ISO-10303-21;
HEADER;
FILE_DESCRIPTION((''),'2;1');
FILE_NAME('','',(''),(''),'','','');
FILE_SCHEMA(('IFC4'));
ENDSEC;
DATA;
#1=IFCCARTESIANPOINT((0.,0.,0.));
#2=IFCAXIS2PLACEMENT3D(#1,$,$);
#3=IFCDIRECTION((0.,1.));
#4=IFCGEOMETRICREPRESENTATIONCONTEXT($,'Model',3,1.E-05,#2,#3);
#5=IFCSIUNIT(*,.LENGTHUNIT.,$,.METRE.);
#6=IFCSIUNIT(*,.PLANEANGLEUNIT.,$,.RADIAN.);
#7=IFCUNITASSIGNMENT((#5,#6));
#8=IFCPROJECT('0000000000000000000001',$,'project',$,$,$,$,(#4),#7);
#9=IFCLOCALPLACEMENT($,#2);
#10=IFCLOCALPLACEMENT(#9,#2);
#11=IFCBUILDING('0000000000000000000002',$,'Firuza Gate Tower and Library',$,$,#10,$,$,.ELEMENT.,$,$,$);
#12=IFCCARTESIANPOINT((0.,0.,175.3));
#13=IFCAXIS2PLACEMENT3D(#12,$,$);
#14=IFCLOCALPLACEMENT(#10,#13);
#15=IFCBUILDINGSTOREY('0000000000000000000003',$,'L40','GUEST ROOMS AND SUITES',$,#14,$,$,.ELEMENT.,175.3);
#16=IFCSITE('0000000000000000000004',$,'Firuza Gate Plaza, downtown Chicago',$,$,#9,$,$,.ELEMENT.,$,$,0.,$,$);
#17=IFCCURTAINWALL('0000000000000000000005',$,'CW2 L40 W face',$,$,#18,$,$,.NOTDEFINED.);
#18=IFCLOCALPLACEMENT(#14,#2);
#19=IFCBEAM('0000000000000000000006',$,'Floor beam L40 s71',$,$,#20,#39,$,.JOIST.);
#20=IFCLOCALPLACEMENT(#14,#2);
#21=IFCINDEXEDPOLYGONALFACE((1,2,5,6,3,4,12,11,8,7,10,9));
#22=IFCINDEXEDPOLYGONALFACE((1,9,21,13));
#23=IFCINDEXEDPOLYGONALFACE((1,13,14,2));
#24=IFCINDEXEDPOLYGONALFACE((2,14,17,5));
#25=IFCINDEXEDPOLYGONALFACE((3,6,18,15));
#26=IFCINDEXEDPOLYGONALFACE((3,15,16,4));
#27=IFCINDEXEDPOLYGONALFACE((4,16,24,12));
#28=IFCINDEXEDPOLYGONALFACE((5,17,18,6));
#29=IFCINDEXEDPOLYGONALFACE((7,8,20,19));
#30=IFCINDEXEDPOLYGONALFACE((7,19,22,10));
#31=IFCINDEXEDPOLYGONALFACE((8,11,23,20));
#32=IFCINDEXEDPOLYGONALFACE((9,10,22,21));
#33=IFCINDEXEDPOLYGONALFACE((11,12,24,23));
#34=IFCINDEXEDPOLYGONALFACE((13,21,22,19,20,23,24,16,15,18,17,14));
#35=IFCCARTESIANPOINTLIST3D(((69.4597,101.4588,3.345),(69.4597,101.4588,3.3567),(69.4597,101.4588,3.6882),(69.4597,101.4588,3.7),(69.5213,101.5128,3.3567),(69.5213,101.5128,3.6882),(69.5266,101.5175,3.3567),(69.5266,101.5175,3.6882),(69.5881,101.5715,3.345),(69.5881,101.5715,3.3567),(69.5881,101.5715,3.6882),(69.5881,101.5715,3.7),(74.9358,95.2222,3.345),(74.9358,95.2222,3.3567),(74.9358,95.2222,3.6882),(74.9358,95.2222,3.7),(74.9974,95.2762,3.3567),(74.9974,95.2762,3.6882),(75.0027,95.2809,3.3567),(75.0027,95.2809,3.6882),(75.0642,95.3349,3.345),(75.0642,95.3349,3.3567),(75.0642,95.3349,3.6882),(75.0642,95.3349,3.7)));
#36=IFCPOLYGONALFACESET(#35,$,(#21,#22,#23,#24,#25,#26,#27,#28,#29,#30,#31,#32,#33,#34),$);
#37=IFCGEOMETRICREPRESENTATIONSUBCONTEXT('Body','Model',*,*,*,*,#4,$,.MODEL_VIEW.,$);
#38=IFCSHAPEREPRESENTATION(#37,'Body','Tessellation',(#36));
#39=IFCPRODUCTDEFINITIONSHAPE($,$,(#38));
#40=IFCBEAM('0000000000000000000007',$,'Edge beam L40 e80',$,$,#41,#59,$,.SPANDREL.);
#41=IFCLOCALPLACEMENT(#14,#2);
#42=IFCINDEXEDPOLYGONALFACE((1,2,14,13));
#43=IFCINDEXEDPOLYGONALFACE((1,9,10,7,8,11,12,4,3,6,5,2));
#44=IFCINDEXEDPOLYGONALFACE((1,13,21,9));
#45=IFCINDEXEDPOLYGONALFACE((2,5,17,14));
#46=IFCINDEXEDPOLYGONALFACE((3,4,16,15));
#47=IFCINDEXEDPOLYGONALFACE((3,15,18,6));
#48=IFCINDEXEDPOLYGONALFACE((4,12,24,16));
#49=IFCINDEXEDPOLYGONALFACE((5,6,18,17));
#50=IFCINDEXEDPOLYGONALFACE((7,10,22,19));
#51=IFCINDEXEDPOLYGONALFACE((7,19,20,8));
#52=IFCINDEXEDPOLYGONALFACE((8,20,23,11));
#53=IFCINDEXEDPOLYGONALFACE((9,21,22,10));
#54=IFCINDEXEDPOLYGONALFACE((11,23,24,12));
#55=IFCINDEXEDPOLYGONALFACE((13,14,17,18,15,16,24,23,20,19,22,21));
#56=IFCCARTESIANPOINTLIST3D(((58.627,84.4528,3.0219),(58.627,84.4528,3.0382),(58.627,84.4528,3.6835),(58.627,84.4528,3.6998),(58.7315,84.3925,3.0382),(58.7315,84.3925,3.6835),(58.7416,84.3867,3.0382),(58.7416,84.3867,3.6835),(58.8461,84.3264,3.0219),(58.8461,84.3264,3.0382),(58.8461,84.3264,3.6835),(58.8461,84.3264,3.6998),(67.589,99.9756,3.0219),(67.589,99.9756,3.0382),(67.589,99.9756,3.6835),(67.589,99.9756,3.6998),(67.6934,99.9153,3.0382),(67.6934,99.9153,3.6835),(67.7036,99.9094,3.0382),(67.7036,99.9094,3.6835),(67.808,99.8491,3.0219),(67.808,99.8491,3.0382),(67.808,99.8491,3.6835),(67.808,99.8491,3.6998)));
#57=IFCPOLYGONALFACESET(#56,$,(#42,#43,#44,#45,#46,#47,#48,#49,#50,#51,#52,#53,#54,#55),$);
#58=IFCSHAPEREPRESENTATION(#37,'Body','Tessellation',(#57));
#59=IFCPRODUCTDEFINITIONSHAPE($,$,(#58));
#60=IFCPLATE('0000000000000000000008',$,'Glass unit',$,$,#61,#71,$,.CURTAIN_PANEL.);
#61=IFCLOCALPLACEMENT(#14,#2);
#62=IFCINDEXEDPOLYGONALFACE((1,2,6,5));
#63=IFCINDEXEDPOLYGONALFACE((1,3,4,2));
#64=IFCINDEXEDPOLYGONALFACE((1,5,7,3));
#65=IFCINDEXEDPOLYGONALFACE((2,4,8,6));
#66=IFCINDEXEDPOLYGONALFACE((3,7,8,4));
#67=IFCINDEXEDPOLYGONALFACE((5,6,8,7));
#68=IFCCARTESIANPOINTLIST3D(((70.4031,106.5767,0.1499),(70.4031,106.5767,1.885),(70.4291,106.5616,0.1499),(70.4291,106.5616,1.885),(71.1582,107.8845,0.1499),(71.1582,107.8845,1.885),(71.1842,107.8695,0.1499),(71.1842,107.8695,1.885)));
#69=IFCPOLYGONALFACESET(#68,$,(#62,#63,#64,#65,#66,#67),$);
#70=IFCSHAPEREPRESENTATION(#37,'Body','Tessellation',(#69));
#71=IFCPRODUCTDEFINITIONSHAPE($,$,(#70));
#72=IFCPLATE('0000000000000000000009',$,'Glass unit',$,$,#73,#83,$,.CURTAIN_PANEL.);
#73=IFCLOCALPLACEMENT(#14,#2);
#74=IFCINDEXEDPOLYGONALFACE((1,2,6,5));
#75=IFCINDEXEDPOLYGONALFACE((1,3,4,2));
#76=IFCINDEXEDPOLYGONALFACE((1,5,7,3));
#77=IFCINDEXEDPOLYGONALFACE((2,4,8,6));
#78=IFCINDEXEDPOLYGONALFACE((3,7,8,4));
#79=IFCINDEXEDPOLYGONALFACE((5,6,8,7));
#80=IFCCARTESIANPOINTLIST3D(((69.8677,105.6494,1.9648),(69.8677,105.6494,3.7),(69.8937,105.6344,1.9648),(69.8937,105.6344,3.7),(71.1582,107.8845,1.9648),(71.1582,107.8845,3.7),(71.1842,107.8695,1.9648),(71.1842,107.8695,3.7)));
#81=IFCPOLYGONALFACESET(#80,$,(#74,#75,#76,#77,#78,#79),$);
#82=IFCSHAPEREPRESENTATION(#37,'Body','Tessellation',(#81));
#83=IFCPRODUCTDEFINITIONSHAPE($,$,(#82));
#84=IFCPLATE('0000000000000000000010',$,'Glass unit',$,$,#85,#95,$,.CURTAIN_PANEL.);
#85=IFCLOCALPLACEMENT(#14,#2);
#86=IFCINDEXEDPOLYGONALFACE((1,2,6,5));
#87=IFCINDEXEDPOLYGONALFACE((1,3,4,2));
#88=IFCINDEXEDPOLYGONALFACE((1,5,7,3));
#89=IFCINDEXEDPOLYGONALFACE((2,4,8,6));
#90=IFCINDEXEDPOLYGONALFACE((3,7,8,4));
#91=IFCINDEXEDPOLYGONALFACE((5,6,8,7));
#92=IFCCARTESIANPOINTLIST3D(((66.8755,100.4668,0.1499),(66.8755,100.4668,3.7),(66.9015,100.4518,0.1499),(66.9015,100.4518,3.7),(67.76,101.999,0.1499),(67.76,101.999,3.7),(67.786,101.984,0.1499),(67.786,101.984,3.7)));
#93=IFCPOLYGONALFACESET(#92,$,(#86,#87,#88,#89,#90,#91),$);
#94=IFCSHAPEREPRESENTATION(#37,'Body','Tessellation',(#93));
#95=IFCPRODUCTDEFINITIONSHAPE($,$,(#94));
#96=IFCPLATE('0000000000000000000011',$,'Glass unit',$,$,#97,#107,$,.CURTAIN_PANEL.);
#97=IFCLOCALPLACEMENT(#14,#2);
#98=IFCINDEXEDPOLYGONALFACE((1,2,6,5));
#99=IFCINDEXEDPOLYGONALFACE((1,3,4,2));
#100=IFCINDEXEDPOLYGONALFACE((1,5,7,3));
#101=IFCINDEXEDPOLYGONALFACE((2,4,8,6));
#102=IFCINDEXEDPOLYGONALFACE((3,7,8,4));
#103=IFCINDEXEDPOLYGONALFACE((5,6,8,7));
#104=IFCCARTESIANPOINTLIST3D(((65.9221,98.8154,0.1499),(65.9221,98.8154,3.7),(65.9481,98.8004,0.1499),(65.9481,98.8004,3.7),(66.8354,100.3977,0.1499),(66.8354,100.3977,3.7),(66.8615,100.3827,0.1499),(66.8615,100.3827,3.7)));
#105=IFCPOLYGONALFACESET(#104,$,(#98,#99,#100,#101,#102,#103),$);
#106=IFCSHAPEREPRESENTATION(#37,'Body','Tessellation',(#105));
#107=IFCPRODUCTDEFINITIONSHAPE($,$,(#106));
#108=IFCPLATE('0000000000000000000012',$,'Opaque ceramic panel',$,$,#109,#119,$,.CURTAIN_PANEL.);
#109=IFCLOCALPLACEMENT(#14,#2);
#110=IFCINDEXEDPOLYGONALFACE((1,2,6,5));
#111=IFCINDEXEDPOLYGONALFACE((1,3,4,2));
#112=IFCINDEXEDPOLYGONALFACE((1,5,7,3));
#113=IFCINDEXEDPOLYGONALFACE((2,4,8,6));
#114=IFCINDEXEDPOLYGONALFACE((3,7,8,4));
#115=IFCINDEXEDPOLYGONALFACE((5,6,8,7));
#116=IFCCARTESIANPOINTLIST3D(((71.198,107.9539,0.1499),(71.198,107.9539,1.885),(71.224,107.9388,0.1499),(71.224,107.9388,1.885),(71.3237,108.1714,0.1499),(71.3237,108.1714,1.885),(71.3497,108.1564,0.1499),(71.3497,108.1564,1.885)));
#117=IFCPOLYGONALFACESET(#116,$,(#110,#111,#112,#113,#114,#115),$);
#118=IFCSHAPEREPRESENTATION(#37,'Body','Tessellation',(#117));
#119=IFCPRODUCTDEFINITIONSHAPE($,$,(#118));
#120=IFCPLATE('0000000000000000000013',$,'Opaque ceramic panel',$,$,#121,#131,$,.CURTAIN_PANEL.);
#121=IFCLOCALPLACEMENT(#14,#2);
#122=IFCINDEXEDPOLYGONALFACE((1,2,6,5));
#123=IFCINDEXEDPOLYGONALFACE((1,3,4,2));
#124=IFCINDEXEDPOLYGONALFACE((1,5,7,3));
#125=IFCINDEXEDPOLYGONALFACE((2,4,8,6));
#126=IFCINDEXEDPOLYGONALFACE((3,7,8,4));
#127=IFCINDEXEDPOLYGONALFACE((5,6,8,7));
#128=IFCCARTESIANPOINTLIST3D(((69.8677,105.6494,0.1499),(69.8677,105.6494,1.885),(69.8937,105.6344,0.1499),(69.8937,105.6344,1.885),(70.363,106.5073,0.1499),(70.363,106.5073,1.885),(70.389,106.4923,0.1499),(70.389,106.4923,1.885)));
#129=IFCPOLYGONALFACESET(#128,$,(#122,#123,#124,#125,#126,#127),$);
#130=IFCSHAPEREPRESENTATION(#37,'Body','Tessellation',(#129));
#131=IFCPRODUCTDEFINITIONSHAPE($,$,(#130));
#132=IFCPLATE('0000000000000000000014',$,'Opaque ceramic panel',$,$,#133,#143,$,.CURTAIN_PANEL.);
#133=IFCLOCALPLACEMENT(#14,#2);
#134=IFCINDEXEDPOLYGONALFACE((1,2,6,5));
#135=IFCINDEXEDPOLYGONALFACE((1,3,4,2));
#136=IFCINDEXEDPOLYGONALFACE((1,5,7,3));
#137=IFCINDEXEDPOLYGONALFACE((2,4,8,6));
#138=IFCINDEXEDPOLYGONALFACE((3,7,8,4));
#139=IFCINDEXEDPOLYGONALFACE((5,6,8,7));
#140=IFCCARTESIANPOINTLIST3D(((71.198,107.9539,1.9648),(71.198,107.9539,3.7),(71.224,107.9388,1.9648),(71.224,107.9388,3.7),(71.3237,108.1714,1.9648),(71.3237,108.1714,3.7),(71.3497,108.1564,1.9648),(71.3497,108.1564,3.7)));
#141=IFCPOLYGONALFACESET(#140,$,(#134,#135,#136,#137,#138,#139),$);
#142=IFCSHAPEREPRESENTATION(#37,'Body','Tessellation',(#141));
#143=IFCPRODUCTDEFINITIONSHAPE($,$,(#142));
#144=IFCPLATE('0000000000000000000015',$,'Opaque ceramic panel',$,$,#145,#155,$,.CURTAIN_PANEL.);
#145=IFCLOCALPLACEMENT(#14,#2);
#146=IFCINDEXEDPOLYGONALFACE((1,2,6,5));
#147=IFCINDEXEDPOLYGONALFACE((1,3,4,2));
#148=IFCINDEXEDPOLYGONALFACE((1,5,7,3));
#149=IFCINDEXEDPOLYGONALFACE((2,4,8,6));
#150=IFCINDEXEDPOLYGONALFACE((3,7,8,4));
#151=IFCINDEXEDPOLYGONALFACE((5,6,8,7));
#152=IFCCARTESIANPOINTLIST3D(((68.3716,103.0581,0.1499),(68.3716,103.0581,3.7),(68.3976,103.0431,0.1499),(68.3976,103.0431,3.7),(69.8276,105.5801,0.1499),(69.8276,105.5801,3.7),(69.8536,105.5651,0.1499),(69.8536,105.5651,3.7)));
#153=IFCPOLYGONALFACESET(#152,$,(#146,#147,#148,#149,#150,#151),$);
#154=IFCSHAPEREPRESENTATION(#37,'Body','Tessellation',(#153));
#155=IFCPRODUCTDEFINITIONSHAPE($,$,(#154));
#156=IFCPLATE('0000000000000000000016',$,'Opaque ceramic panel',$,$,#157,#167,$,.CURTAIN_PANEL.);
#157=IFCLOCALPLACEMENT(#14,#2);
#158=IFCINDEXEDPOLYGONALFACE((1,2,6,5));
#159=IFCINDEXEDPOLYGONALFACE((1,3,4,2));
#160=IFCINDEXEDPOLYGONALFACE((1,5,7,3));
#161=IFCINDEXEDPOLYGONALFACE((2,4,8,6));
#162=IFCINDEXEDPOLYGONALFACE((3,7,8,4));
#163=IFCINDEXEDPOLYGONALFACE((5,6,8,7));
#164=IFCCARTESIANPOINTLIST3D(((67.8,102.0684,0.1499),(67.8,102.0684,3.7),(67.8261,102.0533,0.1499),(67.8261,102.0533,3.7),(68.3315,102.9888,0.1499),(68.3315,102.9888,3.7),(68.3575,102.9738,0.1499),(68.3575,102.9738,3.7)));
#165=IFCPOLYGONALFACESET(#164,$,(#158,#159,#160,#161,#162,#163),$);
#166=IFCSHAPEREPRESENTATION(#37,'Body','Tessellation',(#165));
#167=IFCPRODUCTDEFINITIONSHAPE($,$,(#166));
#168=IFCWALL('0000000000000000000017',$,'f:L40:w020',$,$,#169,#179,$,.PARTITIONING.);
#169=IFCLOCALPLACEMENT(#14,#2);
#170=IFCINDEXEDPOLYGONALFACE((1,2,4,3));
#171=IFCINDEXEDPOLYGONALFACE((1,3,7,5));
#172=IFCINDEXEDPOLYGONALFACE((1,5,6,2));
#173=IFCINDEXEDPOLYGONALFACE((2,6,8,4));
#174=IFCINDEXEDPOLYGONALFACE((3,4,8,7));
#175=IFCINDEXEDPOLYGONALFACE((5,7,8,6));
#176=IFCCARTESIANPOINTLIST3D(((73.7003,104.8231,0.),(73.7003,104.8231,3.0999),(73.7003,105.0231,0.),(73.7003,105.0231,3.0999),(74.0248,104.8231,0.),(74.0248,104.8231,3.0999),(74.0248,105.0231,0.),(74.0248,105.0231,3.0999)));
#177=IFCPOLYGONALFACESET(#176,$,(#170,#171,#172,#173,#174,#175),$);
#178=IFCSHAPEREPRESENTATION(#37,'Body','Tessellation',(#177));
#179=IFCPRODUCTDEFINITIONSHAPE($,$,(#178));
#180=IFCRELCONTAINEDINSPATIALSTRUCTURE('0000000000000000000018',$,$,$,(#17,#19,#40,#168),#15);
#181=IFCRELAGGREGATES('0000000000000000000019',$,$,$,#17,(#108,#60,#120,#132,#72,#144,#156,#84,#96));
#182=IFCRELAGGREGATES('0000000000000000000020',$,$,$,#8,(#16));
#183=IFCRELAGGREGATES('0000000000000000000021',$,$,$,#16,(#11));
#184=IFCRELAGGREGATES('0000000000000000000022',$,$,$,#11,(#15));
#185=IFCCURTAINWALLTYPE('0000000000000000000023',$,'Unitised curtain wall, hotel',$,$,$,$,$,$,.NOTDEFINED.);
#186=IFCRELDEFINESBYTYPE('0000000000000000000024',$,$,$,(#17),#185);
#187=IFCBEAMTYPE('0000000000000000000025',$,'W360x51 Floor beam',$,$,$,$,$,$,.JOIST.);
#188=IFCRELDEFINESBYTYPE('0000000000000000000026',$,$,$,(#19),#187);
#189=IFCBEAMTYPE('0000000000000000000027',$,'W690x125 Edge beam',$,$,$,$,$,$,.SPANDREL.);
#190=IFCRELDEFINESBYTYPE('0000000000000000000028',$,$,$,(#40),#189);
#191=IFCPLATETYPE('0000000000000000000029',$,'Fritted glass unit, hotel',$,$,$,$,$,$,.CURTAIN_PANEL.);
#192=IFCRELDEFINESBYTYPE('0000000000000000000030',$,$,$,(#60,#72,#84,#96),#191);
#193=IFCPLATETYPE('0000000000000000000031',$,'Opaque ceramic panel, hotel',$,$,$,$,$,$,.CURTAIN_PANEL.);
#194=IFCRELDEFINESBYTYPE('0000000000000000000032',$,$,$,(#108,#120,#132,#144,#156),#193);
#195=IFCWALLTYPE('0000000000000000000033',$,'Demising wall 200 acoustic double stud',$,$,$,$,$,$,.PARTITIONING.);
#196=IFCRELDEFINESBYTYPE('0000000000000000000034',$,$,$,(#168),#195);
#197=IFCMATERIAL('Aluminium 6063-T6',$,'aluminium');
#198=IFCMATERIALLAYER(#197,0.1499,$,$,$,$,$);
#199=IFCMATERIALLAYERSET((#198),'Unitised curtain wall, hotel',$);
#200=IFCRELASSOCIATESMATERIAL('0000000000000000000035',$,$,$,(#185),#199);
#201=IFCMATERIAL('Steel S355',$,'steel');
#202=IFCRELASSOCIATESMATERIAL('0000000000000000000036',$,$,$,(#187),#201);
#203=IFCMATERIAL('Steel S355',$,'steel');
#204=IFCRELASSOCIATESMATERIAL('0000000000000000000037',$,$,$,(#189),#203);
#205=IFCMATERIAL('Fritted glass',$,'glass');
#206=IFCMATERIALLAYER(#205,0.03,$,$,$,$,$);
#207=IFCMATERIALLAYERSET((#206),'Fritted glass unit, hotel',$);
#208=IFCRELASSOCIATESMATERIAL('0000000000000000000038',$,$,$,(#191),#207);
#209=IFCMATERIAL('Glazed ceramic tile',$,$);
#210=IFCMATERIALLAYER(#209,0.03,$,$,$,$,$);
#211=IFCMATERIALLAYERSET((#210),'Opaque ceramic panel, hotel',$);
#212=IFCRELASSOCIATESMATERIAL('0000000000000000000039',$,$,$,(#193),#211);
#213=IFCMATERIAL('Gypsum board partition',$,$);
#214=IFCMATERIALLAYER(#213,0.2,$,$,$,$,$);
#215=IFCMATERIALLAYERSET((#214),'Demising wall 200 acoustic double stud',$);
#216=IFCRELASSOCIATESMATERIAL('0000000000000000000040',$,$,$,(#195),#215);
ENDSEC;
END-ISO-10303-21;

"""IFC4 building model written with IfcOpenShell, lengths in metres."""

from ifc_helpers import new_model, si_unit, direction, frame, frame_2d, origin, origin_2d, place, context, subcontext, project, spatial, polyline, rectangle, i_section, outline, extrude, material, layer, layer_set, material_profile, profile_set, type_object, element, aggregate, save


model = new_model("IFC4")

# Units and contexts
model_context = context("Model", 3, precision=1e-05, world=origin(), true_north=direction((0.0, 1.0)))
body_context = subcontext(model_context, "Body", "Model", "MODEL_VIEW")
ifc_project = project(units=[si_unit("LENGTHUNIT", "METRE"), si_unit("PLANEANGLEUNIT", "RADIAN")], contexts=[model_context])

# Site, building, storey
site_placement = place(None, origin())
site = spatial("IfcSite", under=ifc_project, at=site_placement, Name="Firuza Gate Plaza, downtown Chicago", CompositionType="ELEMENT", RefElevation=0.0)
building_placement = place(site_placement, origin())
building = spatial("IfcBuilding", under=site, at=building_placement, Name="Firuza Gate Tower and Library", CompositionType="ELEMENT")
storey_placement = place(building_placement, frame((0.0, 0.0, 175.3)))
storey = spatial("IfcBuildingStorey", under=building, at=storey_placement, Name="L40", Description="GUEST ROOMS AND SUITES", CompositionType="ELEMENT", Elevation=175.3)

# Curtain wall
ifc_material_1 = material(Name="Aluminium 6063-T6", Category="aluminium")
ifc_layer_1 = layer(ifc_material_1, 0.1499)
ifc_layer_set_1 = layer_set([ifc_layer_1], Name="Unitised curtain wall, hotel")
curtain_wall_type = type_object("IfcCurtainWallType", Name="Unitised curtain wall, hotel", PredefinedType="NOTDEFINED", material=ifc_layer_set_1)
curtain_wall_placement = place(storey_placement, origin())
curtain_wall = element("IfcCurtainWall", 1, at=curtain_wall_placement, inside=storey, type_object=curtain_wall_type, Name="CW2 L40 W face", PredefinedType="NOTDEFINED")

# Beams
ifc_material_2 = material(Name="Steel S355", Category="steel")
ifc_material_profile_1 = material_profile(ifc_material_2, i_section(OverallWidth=0.1709, OverallDepth=0.355, WebThickness=0.0071, FlangeThickness=0.0117, at=origin_2d()))
ifc_profile_set_1 = profile_set([ifc_material_profile_1], Name="Steel S355")
beam_type_1 = type_object("IfcBeamType", Name="W360x51 Floor beam", PredefinedType="JOIST", material=ifc_profile_set_1)
beam_1_placement = place(storey_placement, frame((69.5239, 101.5151, 3.5225), z_axis=(0.659805, -0.751437, 0.0), x_axis=(0.751437, 0.659805, 0.0)))
element("IfcBeam", 2, at=beam_1_placement, inside=storey, type_object=beam_type_1, Name="Floor beam L40 s71", PredefinedType="JOIST", context=body_context, shape_type="SweptSolid", body=[
    extrude(i_section(OverallWidth=0.1709, OverallDepth=0.355, WebThickness=0.0071, FlangeThickness=0.0117, at=origin_2d()), origin(), (0.0, 0.0, 1.0), 8.2996),
])
ifc_material_3 = material(Name="Steel S355", Category="steel")
ifc_material_profile_2 = material_profile(ifc_material_3, i_section(OverallWidth=0.2529, OverallDepth=0.678, WebThickness=0.0117, FlangeThickness=0.0164, at=origin_2d()))
ifc_profile_set_2 = profile_set([ifc_material_profile_2], Name="Steel S355")
beam_type_2 = type_object("IfcBeamType", Name="W690x125 Edge beam", PredefinedType="SPANDREL", material=ifc_profile_set_2)
beam_2_placement = place(storey_placement, frame((67.6985, 99.9124, 3.3608), z_axis=(-0.499995, -0.866028, 0.0), x_axis=(0.866028, -0.499995, 0.0)))
element("IfcBeam", 3, at=beam_2_placement, inside=storey, type_object=beam_type_2, Name="Edge beam L40 e80", PredefinedType="SPANDREL", context=body_context, shape_type="SweptSolid", body=[
    extrude(i_section(OverallWidth=0.2529, OverallDepth=0.678, WebThickness=0.0117, FlangeThickness=0.0164, at=origin_2d()), origin(), (0.0, 0.0, 1.0), 17.9241),
])

# Plates
ifc_material_4 = material(Name="Fritted glass", Category="glass")
ifc_layer_2 = layer(ifc_material_4, 0.03)
ifc_layer_set_2 = layer_set([ifc_layer_2], Name="Fritted glass unit, hotel")
plate_type_1 = type_object("IfcPlateType", Name="Fritted glass unit, hotel", PredefinedType="CURTAIN_PANEL", material=ifc_layer_set_2)
plate_1_placement = place(storey_placement, frame((71.1582, 107.8845, 0.1499), z_axis=(-0.866016, 0.500016, 0.0), x_axis=(-0.500016, -0.866016, 0.0)))
plate_1 = element("IfcPlate", 4, at=plate_1_placement, type_object=plate_type_1, Name="Glass unit", PredefinedType="CURTAIN_PANEL", context=body_context, shape_type="SweptSolid", body=[
    extrude(outline(polyline([(0.0, 0.0), (1.5102, 0.0), (1.5102, 1.7351), (0.0, 1.7351), (0.0, 0.0)])), origin(), (0.0, 0.0, -1.0), 0.03),
])
plate_2_placement = place(storey_placement, frame((71.1582, 107.8845, 1.9648), z_axis=(-0.866011, 0.500025, 0.0), x_axis=(-0.500025, -0.866011, 0.0)))
plate_2 = element("IfcPlate", 5, at=plate_2_placement, type_object=plate_type_1, Name="Glass unit", PredefinedType="CURTAIN_PANEL", context=body_context, shape_type="SweptSolid", body=[
    extrude(outline(polyline([(0.0, 0.0), (2.5809, 0.0), (2.5809, 1.7351), (0.0, 1.7351), (0.0, 0.0)])), origin(), (0.0, 0.0, -1.0), 0.03),
])
plate_3_placement = place(storey_placement, frame((67.76, 101.999, 0.1499), z_axis=(-0.866052, 0.499953, 0.0), x_axis=(-0.499953, -0.866052, 0.0)))
plate_3 = element("IfcPlate", 6, at=plate_3_placement, type_object=plate_type_1, Name="Glass unit", PredefinedType="CURTAIN_PANEL", context=body_context, shape_type="SweptSolid", body=[
    extrude(outline(polyline([(0.0, 0.0), (1.7692, 0.0), (1.7692, 3.55), (0.0, 3.55), (0.0, 0.0)])), origin(), (0.0, 0.0, -1.0), 0.03),
])
plate_4_placement = place(storey_placement, frame((66.8354, 100.3977, 0.1499), z_axis=(-0.866072, 0.499919, 0.0), x_axis=(-0.499919, -0.866072, 0.0)))
plate_4 = element("IfcPlate", 7, at=plate_4_placement, type_object=plate_type_1, Name="Glass unit", PredefinedType="CURTAIN_PANEL", context=body_context, shape_type="SweptSolid", body=[
    extrude(outline(polyline([(0.0, 0.0), (1.827, 0.0), (1.827, 3.55), (0.0, 3.55), (0.0, 0.0)])), origin(), (0.0, 0.0, -1.0), 0.03),
])
ifc_material_5 = material(Name="Glazed ceramic tile")
ifc_layer_3 = layer(ifc_material_5, 0.03)
ifc_layer_set_3 = layer_set([ifc_layer_3], Name="Opaque ceramic panel, hotel")
plate_type_2 = type_object("IfcPlateType", Name="Opaque ceramic panel, hotel", PredefinedType="CURTAIN_PANEL", material=ifc_layer_set_3)
plate_5_placement = place(storey_placement, frame((71.3237, 108.1714, 0.1499), z_axis=(-0.865781, 0.500423, 0.0), x_axis=(-0.500423, -0.865781, 0.0)))
plate_5 = element("IfcPlate", 8, at=plate_5_placement, type_object=plate_type_2, Name="Opaque ceramic panel", PredefinedType="CURTAIN_PANEL", context=body_context, shape_type="SweptSolid", body=[
    extrude(outline(polyline([(0.0, 0.0), (0.2513, 0.0), (0.2513, 1.7351), (0.0, 1.7351), (0.0, 0.0)])), origin(), (0.0, 0.0, -1.0), 0.03),
])
plate_6_placement = place(storey_placement, frame((70.363, 106.5073, 0.1499), z_axis=(-0.866005, 0.500035, 0.0), x_axis=(-0.500035, -0.866005, 0.0)))
plate_6 = element("IfcPlate", 9, at=plate_6_placement, type_object=plate_type_2, Name="Opaque ceramic panel", PredefinedType="CURTAIN_PANEL", context=body_context, shape_type="SweptSolid", body=[
    extrude(outline(polyline([(0.0, 0.0), (0.9907, 0.0), (0.9907, 1.7351), (0.0, 1.7351), (0.0, 0.0)])), origin(), (0.0, 0.0, -1.0), 0.03),
])
plate_7_placement = place(storey_placement, frame((71.3237, 108.1714, 1.9648), z_axis=(-0.865781, 0.500423, 0.0), x_axis=(-0.500423, -0.865781, 0.0)))
plate_7 = element("IfcPlate", 10, at=plate_7_placement, type_object=plate_type_2, Name="Opaque ceramic panel", PredefinedType="CURTAIN_PANEL", context=body_context, shape_type="SweptSolid", body=[
    extrude(outline(polyline([(0.0, 0.0), (0.2513, 0.0), (0.2513, 1.7351), (0.0, 1.7351), (0.0, 0.0)])), origin(), (0.0, 0.0, -1.0), 0.03),
])
plate_8_placement = place(storey_placement, frame((69.8276, 105.5801, 0.1499), z_axis=(-0.866026, 0.499998, 0.0), x_axis=(-0.499998, -0.866026, 0.0)))
plate_8 = element("IfcPlate", 11, at=plate_8_placement, type_object=plate_type_2, Name="Opaque ceramic panel", PredefinedType="CURTAIN_PANEL", context=body_context, shape_type="SweptSolid", body=[
    extrude(outline(polyline([(0.0, 0.0), (2.9121, 0.0), (2.9121, 3.55), (0.0, 3.55), (0.0, 0.0)])), origin(), (0.0, 0.0, -1.0), 0.03),
])
plate_9_placement = place(storey_placement, frame((68.3315, 102.9888, 0.1499), z_axis=(-0.865987, 0.500067, 0.0), x_axis=(-0.500067, -0.865987, 0.0)))
plate_9 = element("IfcPlate", 12, at=plate_9_placement, type_object=plate_type_2, Name="Opaque ceramic panel", PredefinedType="CURTAIN_PANEL", context=body_context, shape_type="SweptSolid", body=[
    extrude(outline(polyline([(0.0, 0.0), (1.0628, 0.0), (1.0628, 3.55), (0.0, 3.55), (0.0, 0.0)])), origin(), (0.0, 0.0, -1.0), 0.03),
])
aggregate(curtain_wall, [plate_5, plate_1, plate_6, plate_7, plate_2, plate_8, plate_9, plate_3, plate_4])

# Wall
ifc_material_6 = material(Name="Gypsum board partition")
ifc_layer_4 = layer(ifc_material_6, 0.2)
ifc_layer_set_4 = layer_set([ifc_layer_4], Name="Demising wall 200 acoustic double stud")
wall_type_1 = type_object("IfcWallType", Name="Demising wall 200 acoustic double stud", PredefinedType="PARTITIONING", material=ifc_layer_set_4)
wall_1_placement = place(storey_placement, frame((73.7004, 104.9231, 0.0), z_axis=(0.0, 0.0, 1.0), x_axis=(1.0, 0.0, 0.0)))
element("IfcWall", 13, at=wall_1_placement, inside=storey, type_object=wall_type_1, Name="f:L40:w020", PredefinedType="PARTITIONING", context=body_context, shape_type="SweptSolid", body=[
    extrude(rectangle(XDim=0.3245, YDim=0.2, at=frame_2d((0.1621, 0.0))), origin(), (0.0, 0.0, 1.0), 3.0999),
])

save(model, "model.ifc")
